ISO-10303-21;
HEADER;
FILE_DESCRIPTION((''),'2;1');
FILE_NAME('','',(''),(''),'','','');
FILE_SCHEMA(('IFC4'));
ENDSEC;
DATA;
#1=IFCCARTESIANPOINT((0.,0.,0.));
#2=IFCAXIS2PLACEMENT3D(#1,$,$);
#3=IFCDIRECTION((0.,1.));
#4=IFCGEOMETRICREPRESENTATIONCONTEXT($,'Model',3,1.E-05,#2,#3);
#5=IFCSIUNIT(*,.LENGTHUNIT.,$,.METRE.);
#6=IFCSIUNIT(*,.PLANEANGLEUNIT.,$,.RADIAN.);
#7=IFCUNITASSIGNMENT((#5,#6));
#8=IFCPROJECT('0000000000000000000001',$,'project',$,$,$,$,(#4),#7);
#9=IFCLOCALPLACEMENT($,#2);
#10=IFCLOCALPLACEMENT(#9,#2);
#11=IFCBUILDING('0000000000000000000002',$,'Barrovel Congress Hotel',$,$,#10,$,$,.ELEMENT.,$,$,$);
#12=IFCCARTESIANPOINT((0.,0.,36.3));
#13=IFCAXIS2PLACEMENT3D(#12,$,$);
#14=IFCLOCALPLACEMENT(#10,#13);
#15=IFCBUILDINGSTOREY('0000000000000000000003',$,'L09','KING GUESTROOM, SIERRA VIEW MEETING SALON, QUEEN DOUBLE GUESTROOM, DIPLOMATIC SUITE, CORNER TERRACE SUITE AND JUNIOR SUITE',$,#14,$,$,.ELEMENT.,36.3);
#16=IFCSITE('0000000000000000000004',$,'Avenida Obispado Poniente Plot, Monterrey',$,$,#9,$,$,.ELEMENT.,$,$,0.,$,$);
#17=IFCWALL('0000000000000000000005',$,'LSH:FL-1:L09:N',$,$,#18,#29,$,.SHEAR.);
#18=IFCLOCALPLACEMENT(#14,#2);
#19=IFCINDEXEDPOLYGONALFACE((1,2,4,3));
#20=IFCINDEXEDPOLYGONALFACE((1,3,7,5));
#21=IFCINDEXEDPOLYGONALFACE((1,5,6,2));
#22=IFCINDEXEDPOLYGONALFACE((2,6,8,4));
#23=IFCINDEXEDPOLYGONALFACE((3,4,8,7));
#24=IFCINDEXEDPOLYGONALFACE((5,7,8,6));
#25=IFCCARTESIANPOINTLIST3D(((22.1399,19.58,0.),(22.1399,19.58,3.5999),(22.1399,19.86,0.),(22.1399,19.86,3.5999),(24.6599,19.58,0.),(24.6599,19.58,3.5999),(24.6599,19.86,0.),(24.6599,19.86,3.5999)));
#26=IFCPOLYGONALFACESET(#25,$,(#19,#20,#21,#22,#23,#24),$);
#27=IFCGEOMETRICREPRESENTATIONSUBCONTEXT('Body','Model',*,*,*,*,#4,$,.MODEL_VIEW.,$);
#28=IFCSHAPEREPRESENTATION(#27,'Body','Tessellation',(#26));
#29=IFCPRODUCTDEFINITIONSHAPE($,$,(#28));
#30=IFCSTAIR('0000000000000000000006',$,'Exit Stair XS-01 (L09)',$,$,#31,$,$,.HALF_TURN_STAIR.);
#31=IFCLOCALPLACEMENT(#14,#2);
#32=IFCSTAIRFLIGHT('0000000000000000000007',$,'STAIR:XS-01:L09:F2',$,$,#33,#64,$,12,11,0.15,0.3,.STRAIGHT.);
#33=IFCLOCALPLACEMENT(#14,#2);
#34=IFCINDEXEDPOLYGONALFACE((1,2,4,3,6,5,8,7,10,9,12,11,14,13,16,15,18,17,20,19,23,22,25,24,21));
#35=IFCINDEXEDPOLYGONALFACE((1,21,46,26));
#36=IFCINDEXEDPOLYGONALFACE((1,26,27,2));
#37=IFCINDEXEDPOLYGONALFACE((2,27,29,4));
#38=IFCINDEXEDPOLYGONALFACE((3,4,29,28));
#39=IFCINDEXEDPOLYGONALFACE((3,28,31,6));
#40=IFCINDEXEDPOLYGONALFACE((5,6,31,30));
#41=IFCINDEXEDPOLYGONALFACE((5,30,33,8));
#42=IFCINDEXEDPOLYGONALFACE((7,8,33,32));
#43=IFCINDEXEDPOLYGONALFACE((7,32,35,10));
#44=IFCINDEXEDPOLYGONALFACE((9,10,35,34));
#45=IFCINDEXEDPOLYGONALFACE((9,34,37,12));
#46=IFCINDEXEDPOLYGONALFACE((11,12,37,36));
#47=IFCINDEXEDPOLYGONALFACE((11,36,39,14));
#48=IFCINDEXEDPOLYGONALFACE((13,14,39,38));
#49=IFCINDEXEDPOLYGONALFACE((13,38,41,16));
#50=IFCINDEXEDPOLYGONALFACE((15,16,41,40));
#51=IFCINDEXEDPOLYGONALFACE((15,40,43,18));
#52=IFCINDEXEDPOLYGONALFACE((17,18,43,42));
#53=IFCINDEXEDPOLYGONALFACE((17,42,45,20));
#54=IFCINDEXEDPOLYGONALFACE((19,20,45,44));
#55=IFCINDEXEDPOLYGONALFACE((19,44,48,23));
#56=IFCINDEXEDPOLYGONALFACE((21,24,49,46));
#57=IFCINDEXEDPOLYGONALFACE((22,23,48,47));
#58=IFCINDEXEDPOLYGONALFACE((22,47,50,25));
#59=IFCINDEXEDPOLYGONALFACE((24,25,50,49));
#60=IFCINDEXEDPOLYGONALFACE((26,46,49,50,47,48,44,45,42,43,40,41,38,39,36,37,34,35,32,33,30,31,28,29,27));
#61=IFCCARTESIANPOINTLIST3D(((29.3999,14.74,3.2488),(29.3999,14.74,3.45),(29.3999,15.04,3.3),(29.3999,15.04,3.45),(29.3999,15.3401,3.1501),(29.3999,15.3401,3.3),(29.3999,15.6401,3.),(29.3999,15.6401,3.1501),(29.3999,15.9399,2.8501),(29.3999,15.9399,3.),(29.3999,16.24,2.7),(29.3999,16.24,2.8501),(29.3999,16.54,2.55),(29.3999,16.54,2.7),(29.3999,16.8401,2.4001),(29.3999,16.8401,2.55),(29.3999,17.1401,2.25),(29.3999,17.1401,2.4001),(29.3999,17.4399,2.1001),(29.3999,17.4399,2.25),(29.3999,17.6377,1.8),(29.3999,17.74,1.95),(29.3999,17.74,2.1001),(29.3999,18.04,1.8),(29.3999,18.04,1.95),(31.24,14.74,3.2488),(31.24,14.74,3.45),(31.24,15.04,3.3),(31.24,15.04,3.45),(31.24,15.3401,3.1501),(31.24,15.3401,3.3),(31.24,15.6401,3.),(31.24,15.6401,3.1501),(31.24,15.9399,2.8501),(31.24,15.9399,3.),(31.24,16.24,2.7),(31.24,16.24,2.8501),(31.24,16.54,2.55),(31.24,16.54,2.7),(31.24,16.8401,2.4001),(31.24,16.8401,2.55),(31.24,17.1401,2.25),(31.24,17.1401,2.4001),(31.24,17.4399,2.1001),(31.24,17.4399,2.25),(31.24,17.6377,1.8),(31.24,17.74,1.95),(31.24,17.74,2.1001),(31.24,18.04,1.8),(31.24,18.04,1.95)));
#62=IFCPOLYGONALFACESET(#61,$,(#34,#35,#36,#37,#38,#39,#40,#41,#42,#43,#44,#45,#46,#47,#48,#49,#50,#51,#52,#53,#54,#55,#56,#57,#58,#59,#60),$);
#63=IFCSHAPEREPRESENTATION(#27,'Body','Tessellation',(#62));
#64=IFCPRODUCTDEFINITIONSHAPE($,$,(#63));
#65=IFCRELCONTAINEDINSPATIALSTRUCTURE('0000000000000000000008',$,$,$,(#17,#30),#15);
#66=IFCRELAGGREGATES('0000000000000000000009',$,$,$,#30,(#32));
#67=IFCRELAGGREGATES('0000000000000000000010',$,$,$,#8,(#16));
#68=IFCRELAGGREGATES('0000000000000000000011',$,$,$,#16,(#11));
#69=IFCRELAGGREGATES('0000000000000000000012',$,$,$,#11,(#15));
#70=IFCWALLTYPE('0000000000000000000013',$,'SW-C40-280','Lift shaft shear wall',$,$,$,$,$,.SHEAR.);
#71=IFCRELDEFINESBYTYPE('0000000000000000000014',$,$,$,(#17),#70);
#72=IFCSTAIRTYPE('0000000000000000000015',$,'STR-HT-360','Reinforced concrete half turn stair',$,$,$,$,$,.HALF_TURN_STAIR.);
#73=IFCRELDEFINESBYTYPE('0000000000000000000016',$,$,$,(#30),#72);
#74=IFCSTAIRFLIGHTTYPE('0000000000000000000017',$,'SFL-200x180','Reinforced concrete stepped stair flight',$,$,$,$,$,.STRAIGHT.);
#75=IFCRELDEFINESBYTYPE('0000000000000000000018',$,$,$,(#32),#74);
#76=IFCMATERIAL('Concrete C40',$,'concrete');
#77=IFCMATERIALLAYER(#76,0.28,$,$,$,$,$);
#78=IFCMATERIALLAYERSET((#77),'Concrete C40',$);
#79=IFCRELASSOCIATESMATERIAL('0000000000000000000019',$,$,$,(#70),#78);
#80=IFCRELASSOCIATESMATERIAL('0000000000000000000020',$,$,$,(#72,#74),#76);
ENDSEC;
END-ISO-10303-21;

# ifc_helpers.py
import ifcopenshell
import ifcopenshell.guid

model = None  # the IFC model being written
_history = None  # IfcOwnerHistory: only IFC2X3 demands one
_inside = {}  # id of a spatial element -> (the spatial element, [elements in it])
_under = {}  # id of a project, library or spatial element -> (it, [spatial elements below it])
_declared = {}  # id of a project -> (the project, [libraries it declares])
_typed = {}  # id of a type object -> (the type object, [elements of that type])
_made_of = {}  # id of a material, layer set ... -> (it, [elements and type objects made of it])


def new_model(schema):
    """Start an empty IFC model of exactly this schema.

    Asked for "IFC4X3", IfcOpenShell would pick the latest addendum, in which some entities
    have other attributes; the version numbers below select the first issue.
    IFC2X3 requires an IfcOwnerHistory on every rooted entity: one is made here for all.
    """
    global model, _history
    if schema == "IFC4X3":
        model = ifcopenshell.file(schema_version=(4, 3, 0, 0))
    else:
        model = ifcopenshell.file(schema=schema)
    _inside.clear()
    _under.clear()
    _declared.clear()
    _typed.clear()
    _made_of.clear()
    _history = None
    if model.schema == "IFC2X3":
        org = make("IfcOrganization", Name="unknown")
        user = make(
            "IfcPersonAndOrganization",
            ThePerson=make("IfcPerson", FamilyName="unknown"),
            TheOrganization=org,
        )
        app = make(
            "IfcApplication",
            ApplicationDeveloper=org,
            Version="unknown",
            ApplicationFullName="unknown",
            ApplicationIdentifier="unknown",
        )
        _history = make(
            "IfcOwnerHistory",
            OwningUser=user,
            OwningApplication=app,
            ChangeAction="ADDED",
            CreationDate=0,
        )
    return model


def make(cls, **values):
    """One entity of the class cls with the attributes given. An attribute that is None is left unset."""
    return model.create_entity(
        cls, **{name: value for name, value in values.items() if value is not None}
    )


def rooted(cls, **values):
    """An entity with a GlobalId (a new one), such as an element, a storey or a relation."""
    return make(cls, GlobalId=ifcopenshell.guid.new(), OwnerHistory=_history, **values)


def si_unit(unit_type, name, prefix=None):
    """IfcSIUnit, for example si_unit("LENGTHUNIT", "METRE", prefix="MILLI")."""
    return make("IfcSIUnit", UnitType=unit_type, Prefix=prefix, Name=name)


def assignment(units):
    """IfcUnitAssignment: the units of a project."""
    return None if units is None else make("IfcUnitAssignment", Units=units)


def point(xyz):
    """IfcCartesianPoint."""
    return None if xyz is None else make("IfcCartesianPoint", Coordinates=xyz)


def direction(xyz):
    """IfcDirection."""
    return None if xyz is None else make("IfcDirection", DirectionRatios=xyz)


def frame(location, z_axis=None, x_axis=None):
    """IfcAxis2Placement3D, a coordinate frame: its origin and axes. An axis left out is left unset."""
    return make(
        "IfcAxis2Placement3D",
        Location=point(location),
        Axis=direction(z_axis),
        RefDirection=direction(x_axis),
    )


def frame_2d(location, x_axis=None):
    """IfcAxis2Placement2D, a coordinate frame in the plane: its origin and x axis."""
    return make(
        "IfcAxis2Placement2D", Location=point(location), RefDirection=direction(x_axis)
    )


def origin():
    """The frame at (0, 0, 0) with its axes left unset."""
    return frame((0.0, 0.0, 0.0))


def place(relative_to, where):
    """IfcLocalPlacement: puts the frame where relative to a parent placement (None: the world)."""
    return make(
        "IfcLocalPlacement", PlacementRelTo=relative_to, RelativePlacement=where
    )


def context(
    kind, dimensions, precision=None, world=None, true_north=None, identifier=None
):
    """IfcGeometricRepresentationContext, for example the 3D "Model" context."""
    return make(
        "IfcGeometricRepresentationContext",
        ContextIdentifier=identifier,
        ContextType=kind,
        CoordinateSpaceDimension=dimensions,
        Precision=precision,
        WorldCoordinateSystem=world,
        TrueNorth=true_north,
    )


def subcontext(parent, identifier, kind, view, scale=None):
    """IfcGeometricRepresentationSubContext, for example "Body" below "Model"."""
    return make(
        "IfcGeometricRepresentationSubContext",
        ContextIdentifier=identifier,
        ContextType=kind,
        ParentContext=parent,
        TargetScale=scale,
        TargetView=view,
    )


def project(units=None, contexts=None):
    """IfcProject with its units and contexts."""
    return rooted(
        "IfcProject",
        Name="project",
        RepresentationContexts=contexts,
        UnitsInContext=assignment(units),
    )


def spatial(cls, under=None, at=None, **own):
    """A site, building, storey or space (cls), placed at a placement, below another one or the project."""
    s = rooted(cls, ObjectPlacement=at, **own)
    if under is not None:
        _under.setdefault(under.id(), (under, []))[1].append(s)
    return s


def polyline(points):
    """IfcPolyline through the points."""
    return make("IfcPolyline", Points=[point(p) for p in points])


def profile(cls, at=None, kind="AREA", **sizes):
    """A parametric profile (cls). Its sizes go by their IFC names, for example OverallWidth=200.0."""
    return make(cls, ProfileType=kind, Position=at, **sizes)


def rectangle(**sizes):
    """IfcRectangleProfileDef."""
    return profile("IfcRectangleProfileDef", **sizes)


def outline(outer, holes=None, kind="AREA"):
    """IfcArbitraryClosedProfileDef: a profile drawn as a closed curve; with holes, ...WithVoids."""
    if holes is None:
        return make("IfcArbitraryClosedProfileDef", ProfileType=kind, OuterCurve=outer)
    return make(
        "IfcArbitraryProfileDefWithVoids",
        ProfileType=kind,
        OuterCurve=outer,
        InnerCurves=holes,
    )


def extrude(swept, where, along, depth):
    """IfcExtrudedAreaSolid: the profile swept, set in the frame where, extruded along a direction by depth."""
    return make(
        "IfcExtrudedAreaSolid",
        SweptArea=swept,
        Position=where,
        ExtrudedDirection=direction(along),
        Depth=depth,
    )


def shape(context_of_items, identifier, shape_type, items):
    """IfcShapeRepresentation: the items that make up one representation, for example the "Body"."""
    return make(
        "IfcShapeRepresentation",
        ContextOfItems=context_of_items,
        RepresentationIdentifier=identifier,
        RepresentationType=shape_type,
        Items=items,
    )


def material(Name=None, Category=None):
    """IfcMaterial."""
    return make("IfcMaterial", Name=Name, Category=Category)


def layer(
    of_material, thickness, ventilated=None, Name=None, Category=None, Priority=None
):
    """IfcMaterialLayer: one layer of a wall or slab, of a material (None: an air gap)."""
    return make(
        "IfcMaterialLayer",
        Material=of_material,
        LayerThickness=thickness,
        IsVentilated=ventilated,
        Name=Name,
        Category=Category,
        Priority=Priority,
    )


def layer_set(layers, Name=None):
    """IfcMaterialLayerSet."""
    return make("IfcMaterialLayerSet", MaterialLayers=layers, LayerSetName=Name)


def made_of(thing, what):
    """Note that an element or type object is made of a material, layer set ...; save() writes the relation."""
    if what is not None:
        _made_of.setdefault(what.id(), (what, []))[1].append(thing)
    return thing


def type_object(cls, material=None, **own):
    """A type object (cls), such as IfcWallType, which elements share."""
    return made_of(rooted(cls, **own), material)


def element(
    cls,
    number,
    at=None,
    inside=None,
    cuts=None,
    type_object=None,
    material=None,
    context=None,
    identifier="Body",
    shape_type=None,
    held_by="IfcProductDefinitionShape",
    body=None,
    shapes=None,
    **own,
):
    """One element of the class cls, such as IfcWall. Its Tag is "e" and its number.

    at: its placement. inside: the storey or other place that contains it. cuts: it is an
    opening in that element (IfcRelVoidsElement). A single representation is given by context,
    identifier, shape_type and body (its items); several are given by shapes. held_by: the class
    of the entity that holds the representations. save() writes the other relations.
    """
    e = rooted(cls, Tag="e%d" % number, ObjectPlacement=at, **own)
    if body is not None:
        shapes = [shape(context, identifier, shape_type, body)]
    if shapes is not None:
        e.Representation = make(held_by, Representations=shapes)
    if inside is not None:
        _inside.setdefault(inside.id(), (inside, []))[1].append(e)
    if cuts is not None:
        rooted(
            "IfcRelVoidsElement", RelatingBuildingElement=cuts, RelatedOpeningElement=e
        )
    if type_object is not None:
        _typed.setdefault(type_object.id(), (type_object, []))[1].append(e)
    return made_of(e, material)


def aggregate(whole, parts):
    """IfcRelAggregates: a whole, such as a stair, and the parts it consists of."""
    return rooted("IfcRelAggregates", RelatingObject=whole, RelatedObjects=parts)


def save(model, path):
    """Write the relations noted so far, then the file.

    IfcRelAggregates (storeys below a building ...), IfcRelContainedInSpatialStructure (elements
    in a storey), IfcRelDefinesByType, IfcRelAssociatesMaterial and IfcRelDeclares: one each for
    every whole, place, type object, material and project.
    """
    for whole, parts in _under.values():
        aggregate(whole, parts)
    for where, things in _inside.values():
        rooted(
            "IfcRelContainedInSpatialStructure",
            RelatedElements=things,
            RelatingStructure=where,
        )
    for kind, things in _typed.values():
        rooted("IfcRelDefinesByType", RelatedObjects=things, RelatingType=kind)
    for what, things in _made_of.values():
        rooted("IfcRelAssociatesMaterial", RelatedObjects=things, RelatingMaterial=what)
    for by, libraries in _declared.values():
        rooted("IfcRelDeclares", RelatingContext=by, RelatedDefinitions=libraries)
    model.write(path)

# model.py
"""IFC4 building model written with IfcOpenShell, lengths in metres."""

from ifc_helpers import new_model, si_unit, direction, frame, frame_2d, origin, place, context, subcontext, project, spatial, polyline, rectangle, outline, extrude, material, layer, layer_set, type_object, element, aggregate, save


model = new_model("IFC4")

# Units and contexts
model_context = context("Model", 3, precision=1e-05, world=origin(), true_north=direction((0.0, 1.0)))
body_context = subcontext(model_context, "Body", "Model", "MODEL_VIEW")
ifc_project = project(units=[si_unit("LENGTHUNIT", "METRE"), si_unit("PLANEANGLEUNIT", "RADIAN")], contexts=[model_context])

# Site, building, storey
site_placement = place(None, origin())
site = spatial("IfcSite", under=ifc_project, at=site_placement, Name="Avenida Obispado Poniente Plot, Monterrey", CompositionType="ELEMENT", RefElevation=0.0)
building_placement = place(site_placement, origin())
building = spatial("IfcBuilding", under=site, at=building_placement, Name="Barrovel Congress Hotel", CompositionType="ELEMENT")
storey_placement = place(building_placement, frame((0.0, 0.0, 36.3)))
storey = spatial("IfcBuildingStorey", under=building, at=storey_placement, Name="L09", Description="KING GUESTROOM, SIERRA VIEW MEETING SALON, QUEEN DOUBLE GUESTROOM, DIPLOMATIC SUITE, CORNER TERRACE SUITE AND JUNIOR SUITE", CompositionType="ELEMENT", Elevation=36.3)

# Shared definitions
ifc_material_1 = material(Name="Concrete C40", Category="concrete")

# Wall
ifc_layer_1 = layer(ifc_material_1, 0.28)
ifc_layer_set_1 = layer_set([ifc_layer_1], Name="Concrete C40")
wall_type_1 = type_object("IfcWallType", Name="SW-C40-280", Description="Lift shaft shear wall", PredefinedType="SHEAR", material=ifc_layer_set_1)
wall_1_placement = place(storey_placement, frame((24.6599, 19.72, 0.0), z_axis=(0.0, 0.0, 1.0), x_axis=(-1.0, 0.0, 0.0)))
element("IfcWall", 1, at=wall_1_placement, inside=storey, type_object=wall_type_1, Name="LSH:FL-1:L09:N", PredefinedType="SHEAR", context=body_context, shape_type="SweptSolid", body=[
    extrude(rectangle(XDim=2.52, YDim=0.28, at=frame_2d((1.26, 0.0))), origin(), (0.0, 0.0, 1.0), 3.5999),
])

# Stair, stair flight
stair_type = type_object("IfcStairType", Name="STR-HT-360", Description="Reinforced concrete half turn stair", PredefinedType="HALF_TURN_STAIR", material=ifc_material_1)
stair_placement = place(storey_placement, origin())
stair = element("IfcStair", 2, at=stair_placement, inside=storey, type_object=stair_type, Name="Exit Stair XS-01 (L09)", PredefinedType="HALF_TURN_STAIR")
stair_flight_type = type_object("IfcStairFlightType", Name="SFL-200x180", Description="Reinforced concrete stepped stair flight", PredefinedType="STRAIGHT", material=ifc_material_1)
stair_flight_placement = place(storey_placement, frame((30.3201, 18.04, 1.8), z_axis=(0.0, 0.0, 1.0), x_axis=(0.0, -1.0, 0.0)))
stair_flight = element("IfcStairFlight", 3, at=stair_flight_placement, type_object=stair_flight_type, Name="STAIR:XS-01:L09:F2", NumberOfRisers=12, NumberOfTreads=11, PredefinedType="STRAIGHT", RiserHeight=0.15, TreadLength=0.3, context=body_context, shape_type="SweptSolid", body=[
    extrude(outline(polyline([(0.0, 0.0), (0.0, 0.1499), (0.3, 0.1499), (0.3, 0.3), (0.6001, 0.3), (0.6001, 0.45), (0.8999, 0.45), (0.8999, 0.6001), (1.2, 0.6001), (1.2, 0.75), (1.5, 0.75), (1.5, 0.8999), (1.8, 0.8999), (1.8, 1.05), (2.1001, 1.05), (2.1001, 1.2), (2.3999, 1.2), (2.3999, 1.3501), (2.7, 1.3501), (2.7, 1.5), (3.0, 1.5), (3.0, 1.6499), (3.3, 1.6499), (3.3, 1.8), (3.3, 1.4487), (0.4023, 0.0), (0.0, 0.0)])), frame((0.0, 0.9199, 0.0), z_axis=(0.0, -1.0, 0.0), x_axis=(1.0, 0.0, 0.0)), (0.0, 0.0, 1.0), 1.8401),
])
aggregate(stair, [stair_flight])

save(model, "model.ifc")
